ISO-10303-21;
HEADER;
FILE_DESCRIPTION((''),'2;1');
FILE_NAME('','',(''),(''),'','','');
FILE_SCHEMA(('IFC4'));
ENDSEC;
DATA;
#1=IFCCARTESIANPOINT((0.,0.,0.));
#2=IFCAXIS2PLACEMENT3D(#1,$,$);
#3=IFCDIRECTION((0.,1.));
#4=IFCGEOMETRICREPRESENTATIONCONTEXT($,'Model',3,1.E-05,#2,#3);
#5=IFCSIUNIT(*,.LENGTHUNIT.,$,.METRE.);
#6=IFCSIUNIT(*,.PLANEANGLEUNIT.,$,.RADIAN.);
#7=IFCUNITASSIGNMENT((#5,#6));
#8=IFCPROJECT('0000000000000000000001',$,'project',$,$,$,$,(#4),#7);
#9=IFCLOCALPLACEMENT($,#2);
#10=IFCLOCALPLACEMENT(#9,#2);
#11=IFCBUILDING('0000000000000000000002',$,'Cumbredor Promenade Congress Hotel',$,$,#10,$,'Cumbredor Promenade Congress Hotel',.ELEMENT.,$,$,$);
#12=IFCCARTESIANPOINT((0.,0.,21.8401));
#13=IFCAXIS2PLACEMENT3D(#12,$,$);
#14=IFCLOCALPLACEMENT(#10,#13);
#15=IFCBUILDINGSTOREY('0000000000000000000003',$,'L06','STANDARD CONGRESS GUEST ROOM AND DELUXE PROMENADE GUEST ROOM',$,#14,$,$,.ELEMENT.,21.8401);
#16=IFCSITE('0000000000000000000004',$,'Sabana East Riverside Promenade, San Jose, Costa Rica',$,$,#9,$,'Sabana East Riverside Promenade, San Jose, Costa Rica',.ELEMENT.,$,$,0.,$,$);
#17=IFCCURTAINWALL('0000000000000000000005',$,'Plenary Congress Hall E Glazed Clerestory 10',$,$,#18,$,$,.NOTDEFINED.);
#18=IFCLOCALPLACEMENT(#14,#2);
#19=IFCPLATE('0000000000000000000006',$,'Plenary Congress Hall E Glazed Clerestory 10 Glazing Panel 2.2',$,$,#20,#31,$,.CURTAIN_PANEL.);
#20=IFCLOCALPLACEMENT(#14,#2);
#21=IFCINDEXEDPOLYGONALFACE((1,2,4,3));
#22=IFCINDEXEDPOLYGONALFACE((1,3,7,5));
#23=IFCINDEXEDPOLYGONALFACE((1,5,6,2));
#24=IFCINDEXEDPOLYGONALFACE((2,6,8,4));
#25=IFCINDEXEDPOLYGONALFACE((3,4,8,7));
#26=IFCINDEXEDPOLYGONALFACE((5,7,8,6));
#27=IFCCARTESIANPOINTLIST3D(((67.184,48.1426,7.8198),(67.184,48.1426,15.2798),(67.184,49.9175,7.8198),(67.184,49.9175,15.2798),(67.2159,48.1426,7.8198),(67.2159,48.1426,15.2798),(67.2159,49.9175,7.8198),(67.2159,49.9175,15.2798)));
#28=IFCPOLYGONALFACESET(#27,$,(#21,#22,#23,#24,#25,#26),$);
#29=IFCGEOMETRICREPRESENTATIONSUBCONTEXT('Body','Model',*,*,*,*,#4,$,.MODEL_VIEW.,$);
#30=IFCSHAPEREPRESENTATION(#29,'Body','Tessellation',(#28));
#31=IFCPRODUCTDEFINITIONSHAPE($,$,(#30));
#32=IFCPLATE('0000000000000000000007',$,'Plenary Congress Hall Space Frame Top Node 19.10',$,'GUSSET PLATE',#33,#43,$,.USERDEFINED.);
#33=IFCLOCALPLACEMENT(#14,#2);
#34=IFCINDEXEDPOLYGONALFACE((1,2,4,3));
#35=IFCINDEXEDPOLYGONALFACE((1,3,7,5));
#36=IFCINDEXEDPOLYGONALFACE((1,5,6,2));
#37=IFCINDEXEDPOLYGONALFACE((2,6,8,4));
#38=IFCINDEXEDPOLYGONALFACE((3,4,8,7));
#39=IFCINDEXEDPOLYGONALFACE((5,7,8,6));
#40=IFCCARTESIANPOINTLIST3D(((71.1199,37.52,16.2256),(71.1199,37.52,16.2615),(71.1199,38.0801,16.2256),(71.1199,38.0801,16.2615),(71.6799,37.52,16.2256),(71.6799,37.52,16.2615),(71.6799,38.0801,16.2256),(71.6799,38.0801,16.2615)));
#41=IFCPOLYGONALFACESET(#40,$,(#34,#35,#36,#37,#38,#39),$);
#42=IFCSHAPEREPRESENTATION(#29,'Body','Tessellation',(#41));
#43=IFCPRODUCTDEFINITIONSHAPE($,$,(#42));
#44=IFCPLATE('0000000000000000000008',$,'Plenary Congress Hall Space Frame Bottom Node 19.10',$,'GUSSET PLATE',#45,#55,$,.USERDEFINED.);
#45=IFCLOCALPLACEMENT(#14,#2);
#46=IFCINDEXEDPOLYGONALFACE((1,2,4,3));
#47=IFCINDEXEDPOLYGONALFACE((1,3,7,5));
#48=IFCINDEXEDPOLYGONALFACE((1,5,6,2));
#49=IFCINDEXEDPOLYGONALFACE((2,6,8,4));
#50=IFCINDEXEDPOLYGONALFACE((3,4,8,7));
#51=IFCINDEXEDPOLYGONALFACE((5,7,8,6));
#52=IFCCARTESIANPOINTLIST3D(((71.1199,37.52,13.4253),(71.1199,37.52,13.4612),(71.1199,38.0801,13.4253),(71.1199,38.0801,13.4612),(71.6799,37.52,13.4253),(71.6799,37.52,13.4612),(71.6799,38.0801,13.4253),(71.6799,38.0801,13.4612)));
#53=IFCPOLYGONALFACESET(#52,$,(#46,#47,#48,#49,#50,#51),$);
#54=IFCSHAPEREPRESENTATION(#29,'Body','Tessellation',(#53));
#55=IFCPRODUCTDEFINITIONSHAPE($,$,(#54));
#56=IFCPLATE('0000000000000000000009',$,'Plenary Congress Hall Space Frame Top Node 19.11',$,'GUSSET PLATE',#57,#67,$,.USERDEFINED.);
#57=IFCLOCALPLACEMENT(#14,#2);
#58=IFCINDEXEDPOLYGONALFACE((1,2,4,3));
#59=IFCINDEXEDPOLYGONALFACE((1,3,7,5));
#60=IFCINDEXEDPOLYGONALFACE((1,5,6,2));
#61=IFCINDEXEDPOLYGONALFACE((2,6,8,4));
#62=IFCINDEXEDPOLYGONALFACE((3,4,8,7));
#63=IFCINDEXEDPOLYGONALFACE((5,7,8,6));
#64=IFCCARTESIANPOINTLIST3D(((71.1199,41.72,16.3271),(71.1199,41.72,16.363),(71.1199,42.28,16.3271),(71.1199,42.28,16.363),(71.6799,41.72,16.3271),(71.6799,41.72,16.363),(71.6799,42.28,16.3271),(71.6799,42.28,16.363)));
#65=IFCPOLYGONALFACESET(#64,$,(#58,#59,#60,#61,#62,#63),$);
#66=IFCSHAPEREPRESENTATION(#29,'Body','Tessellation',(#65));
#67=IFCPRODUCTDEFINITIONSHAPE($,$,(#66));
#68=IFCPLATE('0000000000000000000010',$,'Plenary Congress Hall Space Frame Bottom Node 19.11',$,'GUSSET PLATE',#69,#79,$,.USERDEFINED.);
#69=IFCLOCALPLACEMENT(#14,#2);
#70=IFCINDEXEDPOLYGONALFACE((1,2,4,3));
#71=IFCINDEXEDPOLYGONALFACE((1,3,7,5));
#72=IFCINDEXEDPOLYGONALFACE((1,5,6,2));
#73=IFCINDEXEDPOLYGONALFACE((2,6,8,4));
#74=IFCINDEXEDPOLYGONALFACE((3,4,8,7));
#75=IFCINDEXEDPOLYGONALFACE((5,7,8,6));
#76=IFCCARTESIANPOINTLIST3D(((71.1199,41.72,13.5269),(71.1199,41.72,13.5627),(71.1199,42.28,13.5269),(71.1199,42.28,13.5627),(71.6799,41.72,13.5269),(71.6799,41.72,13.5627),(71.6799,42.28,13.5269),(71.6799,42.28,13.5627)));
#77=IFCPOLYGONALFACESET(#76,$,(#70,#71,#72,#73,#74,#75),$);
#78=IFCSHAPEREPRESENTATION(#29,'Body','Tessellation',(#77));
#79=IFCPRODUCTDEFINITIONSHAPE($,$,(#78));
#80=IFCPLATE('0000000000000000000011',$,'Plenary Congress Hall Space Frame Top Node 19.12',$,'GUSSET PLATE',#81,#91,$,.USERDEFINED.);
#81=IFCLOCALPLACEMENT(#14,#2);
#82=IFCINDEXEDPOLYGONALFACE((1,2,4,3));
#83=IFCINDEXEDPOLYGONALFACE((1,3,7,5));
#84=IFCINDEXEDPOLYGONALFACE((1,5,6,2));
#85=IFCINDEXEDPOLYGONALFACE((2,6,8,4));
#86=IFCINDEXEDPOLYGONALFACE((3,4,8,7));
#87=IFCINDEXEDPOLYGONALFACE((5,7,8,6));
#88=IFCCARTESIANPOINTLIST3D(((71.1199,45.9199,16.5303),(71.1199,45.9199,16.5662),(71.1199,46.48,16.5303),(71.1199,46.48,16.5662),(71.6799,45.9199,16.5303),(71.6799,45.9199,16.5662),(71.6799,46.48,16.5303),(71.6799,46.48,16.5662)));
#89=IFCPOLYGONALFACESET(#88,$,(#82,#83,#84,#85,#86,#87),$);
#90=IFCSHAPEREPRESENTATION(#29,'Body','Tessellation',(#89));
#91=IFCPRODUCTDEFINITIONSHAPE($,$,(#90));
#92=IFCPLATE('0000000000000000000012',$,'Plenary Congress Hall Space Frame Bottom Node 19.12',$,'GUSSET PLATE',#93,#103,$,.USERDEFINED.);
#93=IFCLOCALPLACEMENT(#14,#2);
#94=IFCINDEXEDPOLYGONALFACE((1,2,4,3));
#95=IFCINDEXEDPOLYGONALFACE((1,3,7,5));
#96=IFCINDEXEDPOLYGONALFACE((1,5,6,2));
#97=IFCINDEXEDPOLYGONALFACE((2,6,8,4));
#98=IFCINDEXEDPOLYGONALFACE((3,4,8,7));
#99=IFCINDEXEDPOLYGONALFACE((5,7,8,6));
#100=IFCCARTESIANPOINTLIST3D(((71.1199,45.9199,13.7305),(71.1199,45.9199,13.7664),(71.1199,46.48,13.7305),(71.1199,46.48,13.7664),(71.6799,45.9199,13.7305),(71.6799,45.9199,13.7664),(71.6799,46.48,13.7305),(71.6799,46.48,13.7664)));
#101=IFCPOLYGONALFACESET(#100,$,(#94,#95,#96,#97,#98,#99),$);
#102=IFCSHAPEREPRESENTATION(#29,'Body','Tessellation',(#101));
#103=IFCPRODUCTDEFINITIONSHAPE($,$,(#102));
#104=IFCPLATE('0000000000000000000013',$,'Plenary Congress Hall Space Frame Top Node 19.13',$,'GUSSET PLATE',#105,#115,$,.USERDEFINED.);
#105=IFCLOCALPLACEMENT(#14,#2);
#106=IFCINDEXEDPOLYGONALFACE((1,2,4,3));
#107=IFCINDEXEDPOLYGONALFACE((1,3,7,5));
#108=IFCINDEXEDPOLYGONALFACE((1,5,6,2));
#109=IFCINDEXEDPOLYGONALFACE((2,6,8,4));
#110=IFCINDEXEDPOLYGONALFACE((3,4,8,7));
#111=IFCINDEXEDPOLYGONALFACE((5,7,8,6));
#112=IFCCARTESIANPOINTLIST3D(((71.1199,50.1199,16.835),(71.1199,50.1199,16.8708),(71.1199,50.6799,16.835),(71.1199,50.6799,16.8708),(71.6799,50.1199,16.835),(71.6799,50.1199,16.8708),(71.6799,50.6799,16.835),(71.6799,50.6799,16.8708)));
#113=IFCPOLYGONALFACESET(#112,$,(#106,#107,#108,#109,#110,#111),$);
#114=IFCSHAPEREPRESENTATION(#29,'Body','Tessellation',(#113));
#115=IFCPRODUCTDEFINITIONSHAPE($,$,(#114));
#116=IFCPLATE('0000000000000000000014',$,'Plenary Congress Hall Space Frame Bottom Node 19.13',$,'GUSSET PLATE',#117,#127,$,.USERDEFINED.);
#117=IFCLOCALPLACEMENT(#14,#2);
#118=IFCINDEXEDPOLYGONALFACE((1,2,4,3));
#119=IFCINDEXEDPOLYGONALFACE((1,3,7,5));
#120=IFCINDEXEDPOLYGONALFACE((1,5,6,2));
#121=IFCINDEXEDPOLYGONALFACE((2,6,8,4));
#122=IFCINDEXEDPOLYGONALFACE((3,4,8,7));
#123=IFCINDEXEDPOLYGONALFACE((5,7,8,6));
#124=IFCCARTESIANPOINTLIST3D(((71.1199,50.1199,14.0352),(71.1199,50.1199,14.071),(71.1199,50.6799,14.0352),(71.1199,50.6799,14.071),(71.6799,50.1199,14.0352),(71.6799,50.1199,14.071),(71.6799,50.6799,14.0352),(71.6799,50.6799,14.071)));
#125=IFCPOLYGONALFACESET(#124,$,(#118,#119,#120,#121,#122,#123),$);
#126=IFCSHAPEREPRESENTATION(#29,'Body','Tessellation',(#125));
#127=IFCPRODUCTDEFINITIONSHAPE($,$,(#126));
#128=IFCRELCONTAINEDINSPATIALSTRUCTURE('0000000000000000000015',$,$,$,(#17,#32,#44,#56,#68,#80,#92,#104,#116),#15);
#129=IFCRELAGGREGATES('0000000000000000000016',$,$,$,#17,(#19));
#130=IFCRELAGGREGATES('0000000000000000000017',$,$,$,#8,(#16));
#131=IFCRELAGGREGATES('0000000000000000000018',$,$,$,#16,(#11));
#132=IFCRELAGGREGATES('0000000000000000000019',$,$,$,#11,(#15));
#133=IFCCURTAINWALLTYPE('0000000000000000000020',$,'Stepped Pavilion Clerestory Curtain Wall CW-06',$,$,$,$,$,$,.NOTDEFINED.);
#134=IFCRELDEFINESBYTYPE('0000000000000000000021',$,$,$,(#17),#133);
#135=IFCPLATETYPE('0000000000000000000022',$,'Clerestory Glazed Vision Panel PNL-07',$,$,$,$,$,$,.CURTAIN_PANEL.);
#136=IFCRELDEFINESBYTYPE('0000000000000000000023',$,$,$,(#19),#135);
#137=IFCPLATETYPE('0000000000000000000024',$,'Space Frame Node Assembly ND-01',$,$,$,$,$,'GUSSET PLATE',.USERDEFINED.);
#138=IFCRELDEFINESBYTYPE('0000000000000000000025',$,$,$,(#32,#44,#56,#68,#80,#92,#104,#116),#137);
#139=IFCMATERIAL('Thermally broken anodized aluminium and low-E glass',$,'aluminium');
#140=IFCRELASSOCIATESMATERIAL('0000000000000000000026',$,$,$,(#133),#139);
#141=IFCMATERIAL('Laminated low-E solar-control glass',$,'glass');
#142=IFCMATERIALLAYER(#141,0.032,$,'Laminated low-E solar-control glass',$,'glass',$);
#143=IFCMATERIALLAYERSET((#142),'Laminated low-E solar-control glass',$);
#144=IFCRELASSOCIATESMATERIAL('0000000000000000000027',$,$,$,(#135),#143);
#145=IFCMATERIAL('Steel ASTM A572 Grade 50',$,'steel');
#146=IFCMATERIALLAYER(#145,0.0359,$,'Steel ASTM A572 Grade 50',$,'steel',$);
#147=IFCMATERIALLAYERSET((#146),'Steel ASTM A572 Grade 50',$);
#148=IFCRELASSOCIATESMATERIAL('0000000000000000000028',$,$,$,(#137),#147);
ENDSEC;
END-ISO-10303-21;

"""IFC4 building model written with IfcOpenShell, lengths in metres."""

from ifc_helpers import new_model, si_unit, direction, frame, origin, origin_2d, place, context, subcontext, project, spatial, rectangle, extrude, material, layer, layer_set, type_object, element, aggregate, save


model = new_model("IFC4")

# Units and contexts
model_context = context("Model", 3, precision=1e-05, world=origin(), true_north=direction((0.0, 1.0)))
body_context = subcontext(model_context, "Body", "Model", "MODEL_VIEW")
ifc_project = project(units=[si_unit("LENGTHUNIT", "METRE"), si_unit("PLANEANGLEUNIT", "RADIAN")], contexts=[model_context])

# Site, building, storey
site_placement = place(None, origin())
site = spatial("IfcSite", under=ifc_project, at=site_placement, Name="Sabana East Riverside Promenade, San Jose, Costa Rica", LongName="Sabana East Riverside Promenade, San Jose, Costa Rica", CompositionType="ELEMENT", RefElevation=0.0)
building_placement = place(site_placement, origin())
building = spatial("IfcBuilding", under=site, at=building_placement, Name="Cumbredor Promenade Congress Hotel", LongName="Cumbredor Promenade Congress Hotel", CompositionType="ELEMENT")
storey_placement = place(building_placement, frame((0.0, 0.0, 21.8401)))
storey = spatial("IfcBuildingStorey", under=building, at=storey_placement, Name="L06", Description="STANDARD CONGRESS GUEST ROOM AND DELUXE PROMENADE GUEST ROOM", CompositionType="ELEMENT", Elevation=21.8401)

# Shared definitions
ifc_material_1 = material(Name="Thermally broken anodized aluminium and low-E glass", Category="aluminium")
curtain_wall_type = type_object("IfcCurtainWallType", Name="Stepped Pavilion Clerestory Curtain Wall CW-06", PredefinedType="NOTDEFINED", material=ifc_material_1)

# Curtain wall
curtain_wall_1_placement = place(storey_placement, origin())
curtain_wall_1 = element("IfcCurtainWall", 1, at=curtain_wall_1_placement, inside=storey, type_object=curtain_wall_type, Name="Plenary Congress Hall E Glazed Clerestory 10", PredefinedType="NOTDEFINED")

# Plate
ifc_material_2 = material(Name="Laminated low-E solar-control glass", Category="glass")
ifc_layer_1 = layer(ifc_material_2, 0.032, Name="Laminated low-E solar-control glass", Category="glass")
ifc_layer_set_1 = layer_set([ifc_layer_1], Name="Laminated low-E solar-control glass")
plate_type_1 = type_object("IfcPlateType", Name="Clerestory Glazed Vision Panel PNL-07", PredefinedType="CURTAIN_PANEL", material=ifc_layer_set_1)
plate_1_placement = place(storey_placement, frame((67.2, 49.03, 7.8198), z_axis=(0.0, 0.0, 1.0), x_axis=(0.0, 1.0, 0.0)))
plate_1 = element("IfcPlate", 2, at=plate_1_placement, type_object=plate_type_1, Name="Plenary Congress Hall E Glazed Clerestory 10 Glazing Panel 2.2", PredefinedType="CURTAIN_PANEL", context=body_context, shape_type="SweptSolid", body=[
    extrude(rectangle(XDim=1.7749, YDim=0.032, at=origin_2d()), origin(), (0.0, 0.0, 1.0), 7.46),
])
aggregate(curtain_wall_1, [plate_1])

# Plates
ifc_material_3 = material(Name="Steel ASTM A572 Grade 50", Category="steel")
ifc_layer_2 = layer(ifc_material_3, 0.0359, Name="Steel ASTM A572 Grade 50", Category="steel")
ifc_layer_set_2 = layer_set([ifc_layer_2], Name="Steel ASTM A572 Grade 50")
plate_type_2 = type_object("IfcPlateType", Name="Space Frame Node Assembly ND-01", ElementType="GUSSET PLATE", PredefinedType="USERDEFINED", material=ifc_layer_set_2)
for number, where, z_axis, x_axis, name in (
    (3, (71.3999, 37.8, 16.2256), (0.0, 0.0, 1.0), (1.0, 0.0, 0.0), "Plenary Congress Hall Space Frame Top Node 19.10"),
    (4, (71.3999, 37.8, 13.4253), (0.0, 0.0, 1.0), (1.0, 0.0, 0.0), "Plenary Congress Hall Space Frame Bottom Node 19.10"),
    (5, (71.3999, 42.0, 16.3271), (0.0, 0.0, 1.0), (1.0, 0.0, 0.0), "Plenary Congress Hall Space Frame Top Node 19.11"),
    (6, (71.3999, 42.0, 13.5269), (0.0, 0.0, 1.0), (1.0, 0.0, 0.0), "Plenary Congress Hall Space Frame Bottom Node 19.11"),
    (7, (71.3999, 46.2, 16.5303), (0.0, 0.0, 1.0), (1.0, 0.0, 0.0), "Plenary Congress Hall Space Frame Top Node 19.12"),
    (8, (71.3999, 46.2, 13.7305), (0.0, 0.0, 1.0), (1.0, 0.0, 0.0), "Plenary Congress Hall Space Frame Bottom Node 19.12"),
    (9, (71.3999, 50.3999, 16.835), (0.0, 0.0, 1.0), (1.0, 0.0, 0.0), "Plenary Congress Hall Space Frame Top Node 19.13"),
    (10, (71.3999, 50.3999, 14.0352), (0.0, 0.0, 1.0), (1.0, 0.0, 0.0), "Plenary Congress Hall Space Frame Bottom Node 19.13"),
):
    element("IfcPlate", number, at=place(storey_placement, frame(where, z_axis=z_axis, x_axis=x_axis)), inside=storey, type_object=plate_type_2, Name=name, ObjectType="GUSSET PLATE", PredefinedType="USERDEFINED", context=body_context, shape_type="SweptSolid", body=[
        extrude(rectangle(XDim=0.5601, YDim=0.5601, at=origin_2d()), origin(), (0.0, 0.0, 1.0), 0.0359),
    ])

save(model, "model.ifc")
